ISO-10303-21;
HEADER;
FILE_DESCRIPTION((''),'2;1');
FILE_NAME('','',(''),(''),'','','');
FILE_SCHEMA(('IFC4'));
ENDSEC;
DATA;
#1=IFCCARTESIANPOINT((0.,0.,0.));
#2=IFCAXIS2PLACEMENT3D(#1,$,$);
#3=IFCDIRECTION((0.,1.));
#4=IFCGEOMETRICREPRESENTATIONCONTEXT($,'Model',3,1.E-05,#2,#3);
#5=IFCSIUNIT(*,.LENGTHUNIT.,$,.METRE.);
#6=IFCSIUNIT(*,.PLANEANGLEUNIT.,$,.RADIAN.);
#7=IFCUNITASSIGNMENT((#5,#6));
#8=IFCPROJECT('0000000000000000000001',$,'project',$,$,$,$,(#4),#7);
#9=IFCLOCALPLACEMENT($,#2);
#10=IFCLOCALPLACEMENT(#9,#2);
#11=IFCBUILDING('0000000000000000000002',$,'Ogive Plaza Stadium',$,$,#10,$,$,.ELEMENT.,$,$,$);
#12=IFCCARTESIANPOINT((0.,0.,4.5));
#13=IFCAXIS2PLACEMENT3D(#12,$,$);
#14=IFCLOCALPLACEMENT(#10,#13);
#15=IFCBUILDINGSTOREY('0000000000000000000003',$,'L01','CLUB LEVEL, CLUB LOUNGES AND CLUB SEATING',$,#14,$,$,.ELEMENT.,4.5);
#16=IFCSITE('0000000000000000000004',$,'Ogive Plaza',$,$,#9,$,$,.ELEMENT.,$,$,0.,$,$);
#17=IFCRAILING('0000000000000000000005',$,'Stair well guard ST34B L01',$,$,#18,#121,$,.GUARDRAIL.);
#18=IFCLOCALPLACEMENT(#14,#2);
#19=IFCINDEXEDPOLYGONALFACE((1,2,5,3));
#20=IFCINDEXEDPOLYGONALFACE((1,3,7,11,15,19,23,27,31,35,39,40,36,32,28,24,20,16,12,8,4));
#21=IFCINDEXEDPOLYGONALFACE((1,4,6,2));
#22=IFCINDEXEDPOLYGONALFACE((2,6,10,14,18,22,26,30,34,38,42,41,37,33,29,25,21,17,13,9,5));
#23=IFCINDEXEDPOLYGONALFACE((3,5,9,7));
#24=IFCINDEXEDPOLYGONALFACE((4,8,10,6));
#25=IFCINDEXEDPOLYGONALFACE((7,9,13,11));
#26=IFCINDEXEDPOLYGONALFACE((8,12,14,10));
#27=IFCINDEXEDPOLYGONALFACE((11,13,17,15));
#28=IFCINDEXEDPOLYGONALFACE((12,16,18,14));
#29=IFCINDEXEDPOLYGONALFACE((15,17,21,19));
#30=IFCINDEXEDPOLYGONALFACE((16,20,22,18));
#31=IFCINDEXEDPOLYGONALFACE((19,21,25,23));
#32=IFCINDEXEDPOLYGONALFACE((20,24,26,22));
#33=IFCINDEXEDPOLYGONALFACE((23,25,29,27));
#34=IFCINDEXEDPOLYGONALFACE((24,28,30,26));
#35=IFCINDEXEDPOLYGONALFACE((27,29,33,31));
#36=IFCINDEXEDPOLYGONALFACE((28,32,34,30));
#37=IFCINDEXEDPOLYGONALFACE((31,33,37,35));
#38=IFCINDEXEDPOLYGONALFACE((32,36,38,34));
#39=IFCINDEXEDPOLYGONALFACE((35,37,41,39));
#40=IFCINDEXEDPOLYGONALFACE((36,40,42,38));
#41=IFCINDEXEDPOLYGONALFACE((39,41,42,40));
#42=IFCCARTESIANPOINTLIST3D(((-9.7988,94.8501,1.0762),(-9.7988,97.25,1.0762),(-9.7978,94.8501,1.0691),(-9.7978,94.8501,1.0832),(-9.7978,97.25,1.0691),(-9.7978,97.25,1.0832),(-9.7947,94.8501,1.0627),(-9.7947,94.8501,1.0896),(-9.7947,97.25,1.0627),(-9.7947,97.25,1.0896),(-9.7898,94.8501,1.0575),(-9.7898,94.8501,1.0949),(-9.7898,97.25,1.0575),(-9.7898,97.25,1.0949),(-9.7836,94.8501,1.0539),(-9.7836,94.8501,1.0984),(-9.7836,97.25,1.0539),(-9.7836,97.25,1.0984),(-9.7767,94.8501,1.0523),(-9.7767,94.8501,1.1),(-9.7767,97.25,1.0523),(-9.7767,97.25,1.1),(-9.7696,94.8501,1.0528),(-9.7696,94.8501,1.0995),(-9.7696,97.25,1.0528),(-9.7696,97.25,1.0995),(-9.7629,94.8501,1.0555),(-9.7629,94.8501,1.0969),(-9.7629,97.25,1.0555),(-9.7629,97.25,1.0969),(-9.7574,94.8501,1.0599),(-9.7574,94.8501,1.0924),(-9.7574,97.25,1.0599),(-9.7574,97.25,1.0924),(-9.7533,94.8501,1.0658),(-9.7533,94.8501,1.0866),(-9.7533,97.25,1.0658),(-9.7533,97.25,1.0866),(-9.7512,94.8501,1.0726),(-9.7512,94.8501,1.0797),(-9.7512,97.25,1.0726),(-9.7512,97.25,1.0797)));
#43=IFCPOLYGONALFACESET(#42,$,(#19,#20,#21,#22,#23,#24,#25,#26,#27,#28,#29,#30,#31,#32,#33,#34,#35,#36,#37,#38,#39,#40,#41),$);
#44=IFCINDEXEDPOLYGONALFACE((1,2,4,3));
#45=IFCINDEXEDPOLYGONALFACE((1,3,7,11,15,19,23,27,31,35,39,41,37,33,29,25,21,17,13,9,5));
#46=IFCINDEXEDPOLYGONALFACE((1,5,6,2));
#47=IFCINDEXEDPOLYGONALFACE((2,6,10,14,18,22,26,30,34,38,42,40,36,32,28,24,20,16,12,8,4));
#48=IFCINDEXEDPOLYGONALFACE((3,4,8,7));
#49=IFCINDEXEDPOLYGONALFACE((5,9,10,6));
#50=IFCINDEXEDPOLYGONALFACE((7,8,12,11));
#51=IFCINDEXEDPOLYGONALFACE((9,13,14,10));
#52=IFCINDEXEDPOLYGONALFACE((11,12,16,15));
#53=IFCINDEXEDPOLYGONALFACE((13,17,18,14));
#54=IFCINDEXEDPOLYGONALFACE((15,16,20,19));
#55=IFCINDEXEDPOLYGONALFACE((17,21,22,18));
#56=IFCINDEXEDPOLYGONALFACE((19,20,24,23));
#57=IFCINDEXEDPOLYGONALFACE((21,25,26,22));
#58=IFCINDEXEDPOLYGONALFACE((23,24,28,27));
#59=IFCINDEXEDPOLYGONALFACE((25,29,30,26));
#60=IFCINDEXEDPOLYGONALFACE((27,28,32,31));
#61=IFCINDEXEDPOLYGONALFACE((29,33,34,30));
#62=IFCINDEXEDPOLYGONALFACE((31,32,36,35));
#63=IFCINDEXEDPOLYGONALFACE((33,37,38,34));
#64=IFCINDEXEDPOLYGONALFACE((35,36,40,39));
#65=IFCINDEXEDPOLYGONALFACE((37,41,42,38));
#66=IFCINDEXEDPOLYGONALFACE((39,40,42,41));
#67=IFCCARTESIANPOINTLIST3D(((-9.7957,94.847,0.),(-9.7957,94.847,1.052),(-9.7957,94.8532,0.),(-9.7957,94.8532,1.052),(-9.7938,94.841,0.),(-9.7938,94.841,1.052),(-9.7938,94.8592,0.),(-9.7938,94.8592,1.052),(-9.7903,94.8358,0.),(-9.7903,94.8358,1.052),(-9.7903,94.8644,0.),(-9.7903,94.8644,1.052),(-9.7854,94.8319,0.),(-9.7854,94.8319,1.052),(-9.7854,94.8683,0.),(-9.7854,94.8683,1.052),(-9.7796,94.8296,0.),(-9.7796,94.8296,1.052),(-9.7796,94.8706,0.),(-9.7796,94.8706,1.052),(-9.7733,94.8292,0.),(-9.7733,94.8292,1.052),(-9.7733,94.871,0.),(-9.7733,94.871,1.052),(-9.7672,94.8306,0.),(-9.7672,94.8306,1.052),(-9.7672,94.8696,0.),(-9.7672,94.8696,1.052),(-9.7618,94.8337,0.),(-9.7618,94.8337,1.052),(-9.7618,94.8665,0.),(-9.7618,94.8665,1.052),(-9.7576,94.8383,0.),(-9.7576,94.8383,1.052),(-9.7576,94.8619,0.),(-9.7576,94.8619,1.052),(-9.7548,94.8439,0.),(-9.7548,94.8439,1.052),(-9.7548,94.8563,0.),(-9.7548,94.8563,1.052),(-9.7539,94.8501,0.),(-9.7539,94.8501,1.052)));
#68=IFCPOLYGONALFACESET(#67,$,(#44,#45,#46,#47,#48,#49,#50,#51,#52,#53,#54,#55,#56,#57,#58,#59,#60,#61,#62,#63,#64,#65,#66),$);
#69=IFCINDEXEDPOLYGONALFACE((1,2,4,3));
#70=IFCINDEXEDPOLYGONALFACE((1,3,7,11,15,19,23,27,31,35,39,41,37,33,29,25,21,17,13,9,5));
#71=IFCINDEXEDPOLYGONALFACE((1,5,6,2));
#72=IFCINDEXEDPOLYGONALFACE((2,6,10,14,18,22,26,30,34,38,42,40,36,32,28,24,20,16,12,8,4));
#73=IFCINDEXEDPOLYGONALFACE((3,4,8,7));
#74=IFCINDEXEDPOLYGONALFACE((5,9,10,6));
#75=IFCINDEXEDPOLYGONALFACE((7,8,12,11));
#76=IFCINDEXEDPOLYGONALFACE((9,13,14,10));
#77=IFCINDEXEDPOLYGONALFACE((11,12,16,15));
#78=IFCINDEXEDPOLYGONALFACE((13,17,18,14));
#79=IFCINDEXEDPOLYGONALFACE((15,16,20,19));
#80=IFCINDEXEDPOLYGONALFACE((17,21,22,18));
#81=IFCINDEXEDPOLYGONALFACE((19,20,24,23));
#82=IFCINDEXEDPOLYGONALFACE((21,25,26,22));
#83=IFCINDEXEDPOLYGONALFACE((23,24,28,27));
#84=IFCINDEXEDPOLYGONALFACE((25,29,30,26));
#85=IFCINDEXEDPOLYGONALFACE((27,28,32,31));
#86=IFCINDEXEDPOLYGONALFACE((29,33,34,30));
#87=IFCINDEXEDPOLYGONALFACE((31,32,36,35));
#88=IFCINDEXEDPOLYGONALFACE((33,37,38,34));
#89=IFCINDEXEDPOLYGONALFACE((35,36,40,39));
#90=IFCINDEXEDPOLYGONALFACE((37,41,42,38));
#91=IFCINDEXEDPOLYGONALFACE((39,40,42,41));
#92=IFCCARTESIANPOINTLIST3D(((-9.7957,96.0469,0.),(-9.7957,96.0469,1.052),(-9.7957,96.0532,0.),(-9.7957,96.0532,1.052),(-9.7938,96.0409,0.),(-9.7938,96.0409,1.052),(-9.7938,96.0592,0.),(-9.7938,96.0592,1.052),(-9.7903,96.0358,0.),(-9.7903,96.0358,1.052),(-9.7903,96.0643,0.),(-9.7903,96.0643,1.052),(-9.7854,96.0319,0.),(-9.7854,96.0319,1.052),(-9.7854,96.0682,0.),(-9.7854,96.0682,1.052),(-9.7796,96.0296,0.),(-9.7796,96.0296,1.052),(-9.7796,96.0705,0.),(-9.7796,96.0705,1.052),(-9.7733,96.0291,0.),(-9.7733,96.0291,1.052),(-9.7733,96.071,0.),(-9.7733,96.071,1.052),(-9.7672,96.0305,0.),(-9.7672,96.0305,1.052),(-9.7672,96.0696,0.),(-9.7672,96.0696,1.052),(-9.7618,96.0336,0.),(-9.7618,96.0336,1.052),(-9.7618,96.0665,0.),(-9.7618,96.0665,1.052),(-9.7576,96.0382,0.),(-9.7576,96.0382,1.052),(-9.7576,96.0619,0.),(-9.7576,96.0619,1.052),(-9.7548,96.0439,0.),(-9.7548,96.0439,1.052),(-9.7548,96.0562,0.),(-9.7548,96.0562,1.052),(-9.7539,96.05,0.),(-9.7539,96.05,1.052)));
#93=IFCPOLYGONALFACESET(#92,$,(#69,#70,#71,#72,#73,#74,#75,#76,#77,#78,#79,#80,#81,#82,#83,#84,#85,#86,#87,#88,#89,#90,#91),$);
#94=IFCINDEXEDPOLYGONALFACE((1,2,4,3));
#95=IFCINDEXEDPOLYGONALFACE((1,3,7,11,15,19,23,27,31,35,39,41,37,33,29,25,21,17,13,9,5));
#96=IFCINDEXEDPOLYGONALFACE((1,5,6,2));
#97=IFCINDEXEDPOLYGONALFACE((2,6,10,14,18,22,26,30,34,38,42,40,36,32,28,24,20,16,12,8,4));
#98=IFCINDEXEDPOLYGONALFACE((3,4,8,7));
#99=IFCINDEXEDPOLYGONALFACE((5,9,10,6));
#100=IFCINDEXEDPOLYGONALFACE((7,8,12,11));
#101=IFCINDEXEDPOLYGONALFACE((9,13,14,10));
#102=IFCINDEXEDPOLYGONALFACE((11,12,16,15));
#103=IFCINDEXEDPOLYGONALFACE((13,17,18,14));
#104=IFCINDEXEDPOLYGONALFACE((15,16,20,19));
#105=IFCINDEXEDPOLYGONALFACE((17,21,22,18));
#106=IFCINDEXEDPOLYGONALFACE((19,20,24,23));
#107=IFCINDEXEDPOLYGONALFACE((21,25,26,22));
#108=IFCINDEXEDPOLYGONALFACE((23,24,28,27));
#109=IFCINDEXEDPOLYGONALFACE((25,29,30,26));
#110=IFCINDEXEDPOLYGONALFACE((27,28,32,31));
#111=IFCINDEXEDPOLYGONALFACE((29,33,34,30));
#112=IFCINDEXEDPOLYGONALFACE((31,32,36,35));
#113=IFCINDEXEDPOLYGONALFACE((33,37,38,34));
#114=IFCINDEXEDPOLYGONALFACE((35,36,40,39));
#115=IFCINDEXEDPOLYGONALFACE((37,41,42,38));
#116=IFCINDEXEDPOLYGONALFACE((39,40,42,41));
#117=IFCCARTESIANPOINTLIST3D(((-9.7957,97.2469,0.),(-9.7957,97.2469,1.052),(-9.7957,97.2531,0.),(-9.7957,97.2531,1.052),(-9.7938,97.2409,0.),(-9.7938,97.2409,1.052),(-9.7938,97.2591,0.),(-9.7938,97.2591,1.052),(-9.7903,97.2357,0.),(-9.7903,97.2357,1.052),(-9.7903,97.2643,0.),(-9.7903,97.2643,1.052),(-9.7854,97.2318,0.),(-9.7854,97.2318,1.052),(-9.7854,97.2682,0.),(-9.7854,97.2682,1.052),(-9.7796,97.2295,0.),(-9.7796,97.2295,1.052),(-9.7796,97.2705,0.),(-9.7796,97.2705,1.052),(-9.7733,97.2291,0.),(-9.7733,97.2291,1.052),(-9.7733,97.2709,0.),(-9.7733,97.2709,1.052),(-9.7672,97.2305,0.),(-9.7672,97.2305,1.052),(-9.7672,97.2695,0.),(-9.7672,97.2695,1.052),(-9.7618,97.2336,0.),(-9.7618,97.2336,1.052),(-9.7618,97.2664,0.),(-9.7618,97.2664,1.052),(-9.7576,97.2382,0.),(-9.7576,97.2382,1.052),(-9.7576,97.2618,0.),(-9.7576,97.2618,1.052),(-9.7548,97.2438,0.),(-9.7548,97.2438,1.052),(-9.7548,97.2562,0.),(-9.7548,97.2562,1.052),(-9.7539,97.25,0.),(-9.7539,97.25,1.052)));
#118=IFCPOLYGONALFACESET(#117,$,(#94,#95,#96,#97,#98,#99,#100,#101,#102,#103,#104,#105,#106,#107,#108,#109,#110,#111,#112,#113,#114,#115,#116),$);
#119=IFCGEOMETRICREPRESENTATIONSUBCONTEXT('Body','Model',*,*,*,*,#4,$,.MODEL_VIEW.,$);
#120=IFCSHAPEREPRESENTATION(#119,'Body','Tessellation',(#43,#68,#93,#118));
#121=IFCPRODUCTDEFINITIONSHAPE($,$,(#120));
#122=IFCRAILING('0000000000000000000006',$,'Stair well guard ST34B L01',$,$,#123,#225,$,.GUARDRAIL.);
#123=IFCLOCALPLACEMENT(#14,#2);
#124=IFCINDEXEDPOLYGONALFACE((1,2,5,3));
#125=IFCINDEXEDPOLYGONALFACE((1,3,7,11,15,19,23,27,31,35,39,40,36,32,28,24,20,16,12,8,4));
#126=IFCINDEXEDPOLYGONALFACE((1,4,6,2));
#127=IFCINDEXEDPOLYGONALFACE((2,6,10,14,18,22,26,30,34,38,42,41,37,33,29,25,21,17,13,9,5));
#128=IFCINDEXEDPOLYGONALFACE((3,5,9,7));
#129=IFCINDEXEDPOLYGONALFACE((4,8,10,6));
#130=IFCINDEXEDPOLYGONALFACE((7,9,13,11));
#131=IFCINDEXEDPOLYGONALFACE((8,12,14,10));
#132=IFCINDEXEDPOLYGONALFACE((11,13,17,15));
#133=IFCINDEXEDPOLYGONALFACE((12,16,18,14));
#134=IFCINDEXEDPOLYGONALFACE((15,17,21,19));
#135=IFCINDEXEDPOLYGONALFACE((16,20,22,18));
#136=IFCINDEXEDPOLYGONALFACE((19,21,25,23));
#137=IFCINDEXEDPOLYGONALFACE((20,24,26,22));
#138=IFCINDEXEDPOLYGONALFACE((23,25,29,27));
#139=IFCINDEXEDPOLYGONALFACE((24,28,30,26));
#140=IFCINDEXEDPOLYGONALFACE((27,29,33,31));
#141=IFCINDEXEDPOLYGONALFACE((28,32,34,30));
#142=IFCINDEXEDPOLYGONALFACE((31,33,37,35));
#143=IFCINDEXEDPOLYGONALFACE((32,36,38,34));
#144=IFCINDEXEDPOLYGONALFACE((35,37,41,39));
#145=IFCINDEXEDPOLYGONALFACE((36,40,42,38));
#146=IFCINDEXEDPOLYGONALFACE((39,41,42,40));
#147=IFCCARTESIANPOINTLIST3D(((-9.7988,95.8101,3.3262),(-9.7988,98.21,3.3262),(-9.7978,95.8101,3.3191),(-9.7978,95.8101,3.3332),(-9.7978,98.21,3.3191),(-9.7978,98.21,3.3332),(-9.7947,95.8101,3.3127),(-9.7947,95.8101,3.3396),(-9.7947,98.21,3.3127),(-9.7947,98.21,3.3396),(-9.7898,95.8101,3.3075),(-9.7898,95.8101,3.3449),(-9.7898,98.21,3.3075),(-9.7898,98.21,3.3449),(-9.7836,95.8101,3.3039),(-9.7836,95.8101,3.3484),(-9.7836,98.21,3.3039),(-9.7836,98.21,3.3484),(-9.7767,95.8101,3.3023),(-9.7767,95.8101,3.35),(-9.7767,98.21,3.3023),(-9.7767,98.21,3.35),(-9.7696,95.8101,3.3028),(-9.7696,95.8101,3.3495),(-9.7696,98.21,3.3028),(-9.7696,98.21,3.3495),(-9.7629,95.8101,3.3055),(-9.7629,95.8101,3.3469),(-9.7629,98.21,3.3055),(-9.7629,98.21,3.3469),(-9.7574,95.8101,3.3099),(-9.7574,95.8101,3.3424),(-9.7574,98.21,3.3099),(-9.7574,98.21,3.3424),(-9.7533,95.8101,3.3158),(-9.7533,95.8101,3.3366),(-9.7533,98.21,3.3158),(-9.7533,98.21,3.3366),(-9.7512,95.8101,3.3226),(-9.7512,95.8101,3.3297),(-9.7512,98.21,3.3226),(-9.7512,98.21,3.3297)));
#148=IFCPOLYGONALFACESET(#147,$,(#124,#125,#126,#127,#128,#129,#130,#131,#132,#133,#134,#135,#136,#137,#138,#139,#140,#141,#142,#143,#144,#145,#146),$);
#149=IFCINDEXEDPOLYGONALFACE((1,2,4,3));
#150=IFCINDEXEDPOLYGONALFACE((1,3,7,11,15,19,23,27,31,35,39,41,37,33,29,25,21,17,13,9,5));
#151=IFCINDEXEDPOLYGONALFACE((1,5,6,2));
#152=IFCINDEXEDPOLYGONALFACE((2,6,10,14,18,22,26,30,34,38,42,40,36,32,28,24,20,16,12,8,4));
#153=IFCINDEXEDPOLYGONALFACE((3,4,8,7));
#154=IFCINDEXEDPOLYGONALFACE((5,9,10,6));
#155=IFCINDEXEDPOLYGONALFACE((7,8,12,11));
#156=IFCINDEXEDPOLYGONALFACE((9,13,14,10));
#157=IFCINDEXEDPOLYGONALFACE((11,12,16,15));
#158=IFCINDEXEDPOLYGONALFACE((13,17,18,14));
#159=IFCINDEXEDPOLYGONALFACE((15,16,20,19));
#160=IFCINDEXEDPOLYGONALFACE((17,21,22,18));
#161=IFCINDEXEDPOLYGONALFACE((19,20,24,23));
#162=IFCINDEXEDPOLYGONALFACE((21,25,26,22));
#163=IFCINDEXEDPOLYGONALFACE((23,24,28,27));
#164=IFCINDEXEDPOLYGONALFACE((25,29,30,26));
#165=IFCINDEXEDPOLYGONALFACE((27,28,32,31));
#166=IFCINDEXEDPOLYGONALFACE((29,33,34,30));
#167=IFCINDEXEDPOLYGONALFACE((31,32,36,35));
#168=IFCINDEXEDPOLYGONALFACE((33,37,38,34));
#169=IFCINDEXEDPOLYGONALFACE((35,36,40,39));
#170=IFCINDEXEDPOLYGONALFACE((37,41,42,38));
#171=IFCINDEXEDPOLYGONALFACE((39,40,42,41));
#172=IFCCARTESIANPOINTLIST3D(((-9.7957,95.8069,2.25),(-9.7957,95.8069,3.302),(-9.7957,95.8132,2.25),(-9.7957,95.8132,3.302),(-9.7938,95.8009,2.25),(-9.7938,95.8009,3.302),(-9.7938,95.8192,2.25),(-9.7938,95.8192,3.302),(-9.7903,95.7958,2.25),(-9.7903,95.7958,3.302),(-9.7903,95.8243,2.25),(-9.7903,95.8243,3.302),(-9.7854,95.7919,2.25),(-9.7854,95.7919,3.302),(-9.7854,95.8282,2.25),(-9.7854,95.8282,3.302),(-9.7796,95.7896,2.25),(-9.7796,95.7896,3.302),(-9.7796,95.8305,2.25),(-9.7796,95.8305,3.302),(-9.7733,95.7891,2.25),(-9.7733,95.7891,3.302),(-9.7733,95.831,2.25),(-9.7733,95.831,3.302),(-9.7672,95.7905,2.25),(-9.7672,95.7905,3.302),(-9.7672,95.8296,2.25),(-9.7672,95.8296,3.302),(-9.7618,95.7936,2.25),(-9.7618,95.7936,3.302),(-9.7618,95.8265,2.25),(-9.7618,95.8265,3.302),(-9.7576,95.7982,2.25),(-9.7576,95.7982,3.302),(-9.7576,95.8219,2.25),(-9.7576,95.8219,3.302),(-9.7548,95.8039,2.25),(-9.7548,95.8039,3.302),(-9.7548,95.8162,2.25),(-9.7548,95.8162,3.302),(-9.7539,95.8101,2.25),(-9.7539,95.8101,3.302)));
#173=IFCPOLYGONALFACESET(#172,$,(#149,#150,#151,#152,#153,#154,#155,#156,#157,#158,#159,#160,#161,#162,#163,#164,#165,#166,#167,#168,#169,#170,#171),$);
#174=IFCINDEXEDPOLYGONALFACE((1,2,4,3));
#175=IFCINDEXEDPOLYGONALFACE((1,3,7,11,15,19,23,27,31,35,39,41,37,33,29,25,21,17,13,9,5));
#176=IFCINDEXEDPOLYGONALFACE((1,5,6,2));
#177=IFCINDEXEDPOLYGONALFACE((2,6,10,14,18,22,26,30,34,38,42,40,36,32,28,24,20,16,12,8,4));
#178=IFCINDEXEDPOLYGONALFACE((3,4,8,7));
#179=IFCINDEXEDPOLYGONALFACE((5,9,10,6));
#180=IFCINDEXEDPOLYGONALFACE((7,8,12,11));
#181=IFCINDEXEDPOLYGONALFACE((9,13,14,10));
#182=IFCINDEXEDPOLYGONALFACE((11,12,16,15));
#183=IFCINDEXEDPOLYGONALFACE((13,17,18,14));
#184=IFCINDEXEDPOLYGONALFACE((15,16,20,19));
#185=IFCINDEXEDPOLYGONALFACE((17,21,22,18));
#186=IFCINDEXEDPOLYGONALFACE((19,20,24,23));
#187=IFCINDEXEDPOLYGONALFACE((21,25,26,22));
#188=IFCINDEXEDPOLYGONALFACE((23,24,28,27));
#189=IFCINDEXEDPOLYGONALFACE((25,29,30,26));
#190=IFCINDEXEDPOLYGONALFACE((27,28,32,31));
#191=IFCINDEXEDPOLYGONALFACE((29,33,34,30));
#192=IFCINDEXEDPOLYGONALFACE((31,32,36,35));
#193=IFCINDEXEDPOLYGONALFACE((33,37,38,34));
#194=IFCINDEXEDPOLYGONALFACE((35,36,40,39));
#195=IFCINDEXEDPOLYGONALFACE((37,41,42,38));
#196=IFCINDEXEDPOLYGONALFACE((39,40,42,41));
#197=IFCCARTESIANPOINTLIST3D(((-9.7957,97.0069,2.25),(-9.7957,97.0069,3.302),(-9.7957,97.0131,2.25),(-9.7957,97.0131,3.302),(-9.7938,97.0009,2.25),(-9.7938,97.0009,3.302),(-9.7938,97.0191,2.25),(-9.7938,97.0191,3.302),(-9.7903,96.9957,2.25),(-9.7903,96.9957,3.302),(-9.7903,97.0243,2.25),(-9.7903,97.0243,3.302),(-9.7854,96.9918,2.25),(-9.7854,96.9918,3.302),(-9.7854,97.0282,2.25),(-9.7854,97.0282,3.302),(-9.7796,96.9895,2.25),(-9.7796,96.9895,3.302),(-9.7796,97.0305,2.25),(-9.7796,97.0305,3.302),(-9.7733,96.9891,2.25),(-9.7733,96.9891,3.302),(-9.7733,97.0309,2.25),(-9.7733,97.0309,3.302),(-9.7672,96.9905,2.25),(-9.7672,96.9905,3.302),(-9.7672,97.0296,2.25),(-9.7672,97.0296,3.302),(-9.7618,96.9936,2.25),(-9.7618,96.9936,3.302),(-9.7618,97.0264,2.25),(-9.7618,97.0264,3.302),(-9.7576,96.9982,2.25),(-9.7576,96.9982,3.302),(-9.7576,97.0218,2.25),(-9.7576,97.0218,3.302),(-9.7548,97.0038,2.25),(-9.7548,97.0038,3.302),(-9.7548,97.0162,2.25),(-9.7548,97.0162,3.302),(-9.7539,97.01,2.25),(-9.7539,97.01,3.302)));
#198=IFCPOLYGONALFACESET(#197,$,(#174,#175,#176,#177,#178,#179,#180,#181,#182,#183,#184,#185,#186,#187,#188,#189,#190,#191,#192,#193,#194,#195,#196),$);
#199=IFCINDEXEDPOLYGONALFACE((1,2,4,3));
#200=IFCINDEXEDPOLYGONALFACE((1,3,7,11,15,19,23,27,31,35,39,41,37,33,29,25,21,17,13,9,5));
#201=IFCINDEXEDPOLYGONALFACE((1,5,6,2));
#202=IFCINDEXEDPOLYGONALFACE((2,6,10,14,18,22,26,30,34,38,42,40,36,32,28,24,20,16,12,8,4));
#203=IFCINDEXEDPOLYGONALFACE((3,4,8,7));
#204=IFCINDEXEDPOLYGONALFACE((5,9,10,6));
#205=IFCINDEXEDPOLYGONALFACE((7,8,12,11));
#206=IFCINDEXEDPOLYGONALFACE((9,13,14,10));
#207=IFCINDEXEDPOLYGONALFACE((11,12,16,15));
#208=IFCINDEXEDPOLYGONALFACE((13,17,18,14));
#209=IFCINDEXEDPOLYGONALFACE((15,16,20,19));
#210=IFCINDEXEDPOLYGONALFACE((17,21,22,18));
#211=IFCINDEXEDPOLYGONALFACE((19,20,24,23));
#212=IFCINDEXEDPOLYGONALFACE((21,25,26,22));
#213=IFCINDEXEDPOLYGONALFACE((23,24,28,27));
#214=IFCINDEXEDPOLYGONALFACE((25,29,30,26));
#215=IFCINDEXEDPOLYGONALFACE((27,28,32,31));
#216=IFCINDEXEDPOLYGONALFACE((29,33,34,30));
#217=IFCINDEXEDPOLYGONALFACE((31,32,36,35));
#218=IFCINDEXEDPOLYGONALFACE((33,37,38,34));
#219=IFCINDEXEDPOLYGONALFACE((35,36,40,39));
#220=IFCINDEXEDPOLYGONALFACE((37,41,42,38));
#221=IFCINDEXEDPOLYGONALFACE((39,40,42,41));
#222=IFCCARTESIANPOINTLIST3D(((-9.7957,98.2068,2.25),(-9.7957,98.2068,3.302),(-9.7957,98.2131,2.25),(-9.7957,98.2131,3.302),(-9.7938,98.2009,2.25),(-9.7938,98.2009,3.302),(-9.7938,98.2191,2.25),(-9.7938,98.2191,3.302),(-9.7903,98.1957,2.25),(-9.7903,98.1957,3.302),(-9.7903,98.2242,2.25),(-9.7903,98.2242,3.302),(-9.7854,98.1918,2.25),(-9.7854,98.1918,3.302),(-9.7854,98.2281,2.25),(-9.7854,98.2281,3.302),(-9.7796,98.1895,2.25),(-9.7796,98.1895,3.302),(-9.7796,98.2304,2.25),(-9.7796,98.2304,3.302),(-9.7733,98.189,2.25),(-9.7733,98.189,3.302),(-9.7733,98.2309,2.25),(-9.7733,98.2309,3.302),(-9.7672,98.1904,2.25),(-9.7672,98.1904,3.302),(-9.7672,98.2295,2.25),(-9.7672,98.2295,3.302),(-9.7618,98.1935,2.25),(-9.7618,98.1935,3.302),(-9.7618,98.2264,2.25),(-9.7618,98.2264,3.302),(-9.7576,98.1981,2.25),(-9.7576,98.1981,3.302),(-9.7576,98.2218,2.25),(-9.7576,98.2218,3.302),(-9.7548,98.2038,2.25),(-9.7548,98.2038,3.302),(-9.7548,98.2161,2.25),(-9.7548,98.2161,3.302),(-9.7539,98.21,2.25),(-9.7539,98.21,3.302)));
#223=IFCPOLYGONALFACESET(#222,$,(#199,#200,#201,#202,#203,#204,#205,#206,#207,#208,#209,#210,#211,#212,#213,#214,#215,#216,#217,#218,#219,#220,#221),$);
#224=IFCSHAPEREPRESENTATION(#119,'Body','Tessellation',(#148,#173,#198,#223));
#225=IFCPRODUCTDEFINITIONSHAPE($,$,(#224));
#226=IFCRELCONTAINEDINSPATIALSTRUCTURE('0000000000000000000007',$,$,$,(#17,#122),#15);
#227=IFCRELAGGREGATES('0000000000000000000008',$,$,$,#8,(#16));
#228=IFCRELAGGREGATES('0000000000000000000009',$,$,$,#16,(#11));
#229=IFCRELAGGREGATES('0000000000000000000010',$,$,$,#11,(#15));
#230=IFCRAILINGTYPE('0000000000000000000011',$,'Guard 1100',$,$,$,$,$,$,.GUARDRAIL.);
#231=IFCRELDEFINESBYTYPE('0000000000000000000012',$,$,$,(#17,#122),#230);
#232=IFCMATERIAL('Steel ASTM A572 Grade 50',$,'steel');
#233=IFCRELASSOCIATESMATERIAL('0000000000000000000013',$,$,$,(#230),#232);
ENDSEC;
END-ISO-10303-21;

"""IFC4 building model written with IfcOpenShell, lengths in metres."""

from ifc_helpers import new_model, si_unit, direction, frame, origin, origin_2d, place, context, subcontext, project, spatial, circle, extrude, material, type_object, element, save


model = new_model("IFC4")

# Units and contexts
model_context = context("Model", 3, precision=1e-05, world=origin(), true_north=direction((0.0, 1.0)))
body_context = subcontext(model_context, "Body", "Model", "MODEL_VIEW")
ifc_project = project(units=[si_unit("LENGTHUNIT", "METRE"), si_unit("PLANEANGLEUNIT", "RADIAN")], contexts=[model_context])

# Site, building, storey
site_placement = place(None, origin())
site = spatial("IfcSite", under=ifc_project, at=site_placement, Name="Ogive Plaza", CompositionType="ELEMENT", RefElevation=0.0)
building_placement = place(site_placement, origin())
building = spatial("IfcBuilding", under=site, at=building_placement, Name="Ogive Plaza Stadium", CompositionType="ELEMENT")
storey_placement = place(building_placement, frame((0.0, 0.0, 4.5)))
storey = spatial("IfcBuildingStorey", under=building, at=storey_placement, Name="L01", Description="CLUB LEVEL, CLUB LOUNGES AND CLUB SEATING", CompositionType="ELEMENT", Elevation=4.5)

# Railings
ifc_material_1 = material(Name="Steel ASTM A572 Grade 50", Category="steel")
railing_type_1 = type_object("IfcRailingType", Name="Guard 1100", PredefinedType="GUARDRAIL", material=ifc_material_1)
for number, where, name in (
    (1, (-9.7749, 94.8501, 0.0), "Stair well guard ST34B L01"),
    (2, (-9.7749, 95.8101, 2.25), "Stair well guard ST34B L01"),
):
    element("IfcRailing", number, at=place(storey_placement, frame(where)), inside=storey, type_object=railing_type_1, Name=name, PredefinedType="GUARDRAIL", context=body_context, shape_type="SweptSolid", body=[
        extrude(circle(Radius=0.0239, at=origin_2d()), frame((0.0, 0.0, 1.0762), z_axis=(0.0, 1.0, 0.0), x_axis=(-1.0, 0.0, 0.0)), (0.0, 0.0, 1.0), 2.3999),
        extrude(circle(Radius=0.021, at=origin_2d()), origin(), (0.0, 0.0, 1.0), 1.052),
        extrude(circle(Radius=0.021, at=origin_2d()), frame((0.0, 1.2, 0.0)), (0.0, 0.0, 1.0), 1.052),
        extrude(circle(Radius=0.021, at=origin_2d()), frame((0.0, 2.3999, 0.0)), (0.0, 0.0, 1.0), 1.052),
    ])

save(model, "model.ifc")
